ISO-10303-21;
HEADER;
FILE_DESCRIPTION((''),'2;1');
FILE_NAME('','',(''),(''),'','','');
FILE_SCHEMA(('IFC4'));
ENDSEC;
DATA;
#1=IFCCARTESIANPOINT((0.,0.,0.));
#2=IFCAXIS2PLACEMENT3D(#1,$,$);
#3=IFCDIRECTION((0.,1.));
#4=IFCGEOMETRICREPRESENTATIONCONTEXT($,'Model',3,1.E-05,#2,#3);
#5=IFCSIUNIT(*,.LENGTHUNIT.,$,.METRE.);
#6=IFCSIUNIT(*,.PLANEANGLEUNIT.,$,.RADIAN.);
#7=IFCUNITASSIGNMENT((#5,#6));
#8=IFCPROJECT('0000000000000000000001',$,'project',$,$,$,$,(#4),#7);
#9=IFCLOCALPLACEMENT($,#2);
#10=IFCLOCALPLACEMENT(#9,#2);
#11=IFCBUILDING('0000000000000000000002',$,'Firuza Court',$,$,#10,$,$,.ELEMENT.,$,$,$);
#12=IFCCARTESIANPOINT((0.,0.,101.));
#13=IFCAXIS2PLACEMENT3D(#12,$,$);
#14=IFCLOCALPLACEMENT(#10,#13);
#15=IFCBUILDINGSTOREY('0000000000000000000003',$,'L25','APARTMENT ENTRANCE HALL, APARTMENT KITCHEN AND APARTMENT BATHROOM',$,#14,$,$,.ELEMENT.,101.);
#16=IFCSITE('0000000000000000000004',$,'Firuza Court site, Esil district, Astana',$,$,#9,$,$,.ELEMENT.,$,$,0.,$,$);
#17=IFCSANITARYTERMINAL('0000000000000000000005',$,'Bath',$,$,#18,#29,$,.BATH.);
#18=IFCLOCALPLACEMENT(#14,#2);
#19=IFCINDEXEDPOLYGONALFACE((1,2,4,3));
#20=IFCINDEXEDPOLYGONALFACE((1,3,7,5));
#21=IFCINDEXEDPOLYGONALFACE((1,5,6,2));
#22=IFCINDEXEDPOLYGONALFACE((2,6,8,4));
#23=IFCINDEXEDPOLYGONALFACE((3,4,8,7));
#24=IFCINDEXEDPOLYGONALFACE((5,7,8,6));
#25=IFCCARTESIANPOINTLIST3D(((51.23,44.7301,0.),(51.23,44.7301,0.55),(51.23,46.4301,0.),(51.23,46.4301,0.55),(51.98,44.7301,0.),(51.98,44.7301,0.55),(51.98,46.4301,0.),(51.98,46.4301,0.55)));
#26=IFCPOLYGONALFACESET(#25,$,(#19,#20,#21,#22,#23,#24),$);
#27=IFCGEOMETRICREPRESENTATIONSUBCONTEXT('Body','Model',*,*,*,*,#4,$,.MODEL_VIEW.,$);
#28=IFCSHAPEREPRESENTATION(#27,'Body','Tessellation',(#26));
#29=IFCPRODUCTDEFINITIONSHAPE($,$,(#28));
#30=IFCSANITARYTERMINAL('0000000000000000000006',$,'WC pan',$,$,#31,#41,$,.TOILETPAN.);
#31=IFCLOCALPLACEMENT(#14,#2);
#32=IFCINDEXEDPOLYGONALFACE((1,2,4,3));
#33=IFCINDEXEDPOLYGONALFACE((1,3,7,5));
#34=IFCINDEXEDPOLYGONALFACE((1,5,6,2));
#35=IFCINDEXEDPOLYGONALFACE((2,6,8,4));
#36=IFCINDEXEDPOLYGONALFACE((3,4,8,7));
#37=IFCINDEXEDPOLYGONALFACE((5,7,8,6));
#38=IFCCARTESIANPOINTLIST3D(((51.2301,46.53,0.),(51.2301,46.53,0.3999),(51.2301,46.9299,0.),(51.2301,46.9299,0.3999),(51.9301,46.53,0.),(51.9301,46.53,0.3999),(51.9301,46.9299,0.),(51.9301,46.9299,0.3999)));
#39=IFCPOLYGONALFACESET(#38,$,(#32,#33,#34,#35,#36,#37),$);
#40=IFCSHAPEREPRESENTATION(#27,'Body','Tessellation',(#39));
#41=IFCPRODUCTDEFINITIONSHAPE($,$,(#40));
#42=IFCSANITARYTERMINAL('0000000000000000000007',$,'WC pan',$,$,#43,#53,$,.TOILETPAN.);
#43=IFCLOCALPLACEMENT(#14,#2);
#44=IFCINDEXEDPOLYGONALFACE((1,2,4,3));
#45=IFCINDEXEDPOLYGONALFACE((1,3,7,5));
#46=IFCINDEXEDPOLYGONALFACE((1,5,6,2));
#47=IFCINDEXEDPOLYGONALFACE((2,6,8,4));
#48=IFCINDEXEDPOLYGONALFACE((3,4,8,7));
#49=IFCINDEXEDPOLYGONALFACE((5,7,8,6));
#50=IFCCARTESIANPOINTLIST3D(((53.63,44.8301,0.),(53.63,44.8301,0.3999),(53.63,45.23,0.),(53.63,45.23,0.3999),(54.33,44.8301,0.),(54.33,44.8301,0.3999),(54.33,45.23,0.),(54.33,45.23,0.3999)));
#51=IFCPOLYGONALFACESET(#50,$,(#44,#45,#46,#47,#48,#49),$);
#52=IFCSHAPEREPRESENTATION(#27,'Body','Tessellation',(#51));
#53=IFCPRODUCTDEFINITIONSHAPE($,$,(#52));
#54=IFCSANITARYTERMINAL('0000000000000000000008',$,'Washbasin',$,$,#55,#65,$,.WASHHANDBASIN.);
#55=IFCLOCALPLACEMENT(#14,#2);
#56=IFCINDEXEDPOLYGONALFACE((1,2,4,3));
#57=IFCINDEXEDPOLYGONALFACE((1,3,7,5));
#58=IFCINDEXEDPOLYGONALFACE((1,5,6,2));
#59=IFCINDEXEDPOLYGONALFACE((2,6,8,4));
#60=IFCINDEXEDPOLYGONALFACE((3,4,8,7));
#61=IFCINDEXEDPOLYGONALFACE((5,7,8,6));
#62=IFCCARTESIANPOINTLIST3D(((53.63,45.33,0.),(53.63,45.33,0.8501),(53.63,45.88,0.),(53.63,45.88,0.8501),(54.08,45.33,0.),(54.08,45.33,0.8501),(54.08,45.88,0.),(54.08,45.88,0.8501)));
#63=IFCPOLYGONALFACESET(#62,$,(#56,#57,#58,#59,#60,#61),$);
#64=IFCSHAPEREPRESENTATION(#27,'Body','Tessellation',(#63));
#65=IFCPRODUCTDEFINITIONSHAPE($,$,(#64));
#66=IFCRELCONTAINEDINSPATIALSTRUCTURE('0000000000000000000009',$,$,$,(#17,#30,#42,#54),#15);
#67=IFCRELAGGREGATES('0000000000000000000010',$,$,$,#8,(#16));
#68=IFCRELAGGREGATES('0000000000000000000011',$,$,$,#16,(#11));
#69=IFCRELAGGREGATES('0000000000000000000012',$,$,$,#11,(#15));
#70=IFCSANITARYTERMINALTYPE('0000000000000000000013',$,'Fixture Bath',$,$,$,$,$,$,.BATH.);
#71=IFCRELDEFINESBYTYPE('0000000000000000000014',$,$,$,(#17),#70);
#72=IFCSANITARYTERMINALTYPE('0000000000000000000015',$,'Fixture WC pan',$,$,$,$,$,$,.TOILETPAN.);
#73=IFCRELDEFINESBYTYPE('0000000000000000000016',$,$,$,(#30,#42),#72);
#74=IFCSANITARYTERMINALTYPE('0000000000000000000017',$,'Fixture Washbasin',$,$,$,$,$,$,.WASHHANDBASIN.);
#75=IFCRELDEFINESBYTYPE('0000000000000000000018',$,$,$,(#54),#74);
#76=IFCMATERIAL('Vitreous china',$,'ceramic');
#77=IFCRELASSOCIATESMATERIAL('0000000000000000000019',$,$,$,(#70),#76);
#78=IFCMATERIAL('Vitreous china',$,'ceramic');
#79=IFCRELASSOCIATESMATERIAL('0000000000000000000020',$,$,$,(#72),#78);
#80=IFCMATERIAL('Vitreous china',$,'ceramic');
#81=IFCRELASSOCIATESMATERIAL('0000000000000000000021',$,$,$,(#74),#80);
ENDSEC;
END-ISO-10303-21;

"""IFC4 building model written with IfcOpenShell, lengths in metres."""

from ifc_helpers import new_model, si_unit, direction, frame, origin, origin_2d, place, context, subcontext, project, spatial, rectangle, extrude, material, type_object, element, save


model = new_model("IFC4")

# Units and contexts
model_context = context("Model", 3, precision=1e-05, world=origin(), true_north=direction((0.0, 1.0)))
body_context = subcontext(model_context, "Body", "Model", "MODEL_VIEW")
ifc_project = project(units=[si_unit("LENGTHUNIT", "METRE"), si_unit("PLANEANGLEUNIT", "RADIAN")], contexts=[model_context])

# Site, building, storey
site_placement = place(None, origin())
site = spatial("IfcSite", under=ifc_project, at=site_placement, Name="Firuza Court site, Esil district, Astana", CompositionType="ELEMENT", RefElevation=0.0)
building_placement = place(site_placement, origin())
building = spatial("IfcBuilding", under=site, at=building_placement, Name="Firuza Court", CompositionType="ELEMENT")
storey_placement = place(building_placement, frame((0.0, 0.0, 101.0)))
storey = spatial("IfcBuildingStorey", under=building, at=storey_placement, Name="L25", Description="APARTMENT ENTRANCE HALL, APARTMENT KITCHEN AND APARTMENT BATHROOM", CompositionType="ELEMENT", Elevation=101.0)

# Sanitary terminals
ifc_material_1 = material(Name="Vitreous china", Category="ceramic")
sanitary_terminal_type_1 = type_object("IfcSanitaryTerminalType", Name="Fixture Bath", PredefinedType="BATH", material=ifc_material_1)
sanitary_terminal_1_placement = place(storey_placement, frame((51.605, 45.5801, 0.0), z_axis=(0.0, 0.0, 1.0), x_axis=(1.0, 0.0, 0.0)))
element("IfcSanitaryTerminal", 1, at=sanitary_terminal_1_placement, inside=storey, type_object=sanitary_terminal_type_1, Name="Bath", PredefinedType="BATH", context=body_context, shape_type="SweptSolid", body=[
    extrude(rectangle(XDim=0.75, YDim=1.7, at=origin_2d()), origin(), (0.0, 0.0, 1.0), 0.55),
])
ifc_material_2 = material(Name="Vitreous china", Category="ceramic")
sanitary_terminal_type_2 = type_object("IfcSanitaryTerminalType", Name="Fixture WC pan", PredefinedType="TOILETPAN", material=ifc_material_2)
for number, where, z_axis, x_axis, name in (
    (2, (51.5801, 46.73, 0.0), (0.0, 0.0, 1.0), (1.0, 0.0, 0.0), "WC pan"),
    (3, (53.98, 45.03, 0.0), (0.0, 0.0, 1.0), (1.0, 0.0, 0.0), "WC pan"),
):
    element("IfcSanitaryTerminal", number, at=place(storey_placement, frame(where, z_axis=z_axis, x_axis=x_axis)), inside=storey, type_object=sanitary_terminal_type_2, Name=name, PredefinedType="TOILETPAN", context=body_context, shape_type="SweptSolid", body=[
        extrude(rectangle(XDim=0.7, YDim=0.3999, at=origin_2d()), origin(), (0.0, 0.0, 1.0), 0.3999),
    ])
ifc_material_3 = material(Name="Vitreous china", Category="ceramic")
sanitary_terminal_type_3 = type_object("IfcSanitaryTerminalType", Name="Fixture Washbasin", PredefinedType="WASHHANDBASIN", material=ifc_material_3)
sanitary_terminal_2_placement = place(storey_placement, frame((53.855, 45.605, 0.0), z_axis=(0.0, 0.0, 1.0), x_axis=(1.0, 0.0, 0.0)))
element("IfcSanitaryTerminal", 4, at=sanitary_terminal_2_placement, inside=storey, type_object=sanitary_terminal_type_3, Name="Washbasin", PredefinedType="WASHHANDBASIN", context=body_context, shape_type="SweptSolid", body=[
    extrude(rectangle(XDim=0.45, YDim=0.55, at=origin_2d()), origin(), (0.0, 0.0, 1.0), 0.8501),
])

save(model, "model.ifc")
